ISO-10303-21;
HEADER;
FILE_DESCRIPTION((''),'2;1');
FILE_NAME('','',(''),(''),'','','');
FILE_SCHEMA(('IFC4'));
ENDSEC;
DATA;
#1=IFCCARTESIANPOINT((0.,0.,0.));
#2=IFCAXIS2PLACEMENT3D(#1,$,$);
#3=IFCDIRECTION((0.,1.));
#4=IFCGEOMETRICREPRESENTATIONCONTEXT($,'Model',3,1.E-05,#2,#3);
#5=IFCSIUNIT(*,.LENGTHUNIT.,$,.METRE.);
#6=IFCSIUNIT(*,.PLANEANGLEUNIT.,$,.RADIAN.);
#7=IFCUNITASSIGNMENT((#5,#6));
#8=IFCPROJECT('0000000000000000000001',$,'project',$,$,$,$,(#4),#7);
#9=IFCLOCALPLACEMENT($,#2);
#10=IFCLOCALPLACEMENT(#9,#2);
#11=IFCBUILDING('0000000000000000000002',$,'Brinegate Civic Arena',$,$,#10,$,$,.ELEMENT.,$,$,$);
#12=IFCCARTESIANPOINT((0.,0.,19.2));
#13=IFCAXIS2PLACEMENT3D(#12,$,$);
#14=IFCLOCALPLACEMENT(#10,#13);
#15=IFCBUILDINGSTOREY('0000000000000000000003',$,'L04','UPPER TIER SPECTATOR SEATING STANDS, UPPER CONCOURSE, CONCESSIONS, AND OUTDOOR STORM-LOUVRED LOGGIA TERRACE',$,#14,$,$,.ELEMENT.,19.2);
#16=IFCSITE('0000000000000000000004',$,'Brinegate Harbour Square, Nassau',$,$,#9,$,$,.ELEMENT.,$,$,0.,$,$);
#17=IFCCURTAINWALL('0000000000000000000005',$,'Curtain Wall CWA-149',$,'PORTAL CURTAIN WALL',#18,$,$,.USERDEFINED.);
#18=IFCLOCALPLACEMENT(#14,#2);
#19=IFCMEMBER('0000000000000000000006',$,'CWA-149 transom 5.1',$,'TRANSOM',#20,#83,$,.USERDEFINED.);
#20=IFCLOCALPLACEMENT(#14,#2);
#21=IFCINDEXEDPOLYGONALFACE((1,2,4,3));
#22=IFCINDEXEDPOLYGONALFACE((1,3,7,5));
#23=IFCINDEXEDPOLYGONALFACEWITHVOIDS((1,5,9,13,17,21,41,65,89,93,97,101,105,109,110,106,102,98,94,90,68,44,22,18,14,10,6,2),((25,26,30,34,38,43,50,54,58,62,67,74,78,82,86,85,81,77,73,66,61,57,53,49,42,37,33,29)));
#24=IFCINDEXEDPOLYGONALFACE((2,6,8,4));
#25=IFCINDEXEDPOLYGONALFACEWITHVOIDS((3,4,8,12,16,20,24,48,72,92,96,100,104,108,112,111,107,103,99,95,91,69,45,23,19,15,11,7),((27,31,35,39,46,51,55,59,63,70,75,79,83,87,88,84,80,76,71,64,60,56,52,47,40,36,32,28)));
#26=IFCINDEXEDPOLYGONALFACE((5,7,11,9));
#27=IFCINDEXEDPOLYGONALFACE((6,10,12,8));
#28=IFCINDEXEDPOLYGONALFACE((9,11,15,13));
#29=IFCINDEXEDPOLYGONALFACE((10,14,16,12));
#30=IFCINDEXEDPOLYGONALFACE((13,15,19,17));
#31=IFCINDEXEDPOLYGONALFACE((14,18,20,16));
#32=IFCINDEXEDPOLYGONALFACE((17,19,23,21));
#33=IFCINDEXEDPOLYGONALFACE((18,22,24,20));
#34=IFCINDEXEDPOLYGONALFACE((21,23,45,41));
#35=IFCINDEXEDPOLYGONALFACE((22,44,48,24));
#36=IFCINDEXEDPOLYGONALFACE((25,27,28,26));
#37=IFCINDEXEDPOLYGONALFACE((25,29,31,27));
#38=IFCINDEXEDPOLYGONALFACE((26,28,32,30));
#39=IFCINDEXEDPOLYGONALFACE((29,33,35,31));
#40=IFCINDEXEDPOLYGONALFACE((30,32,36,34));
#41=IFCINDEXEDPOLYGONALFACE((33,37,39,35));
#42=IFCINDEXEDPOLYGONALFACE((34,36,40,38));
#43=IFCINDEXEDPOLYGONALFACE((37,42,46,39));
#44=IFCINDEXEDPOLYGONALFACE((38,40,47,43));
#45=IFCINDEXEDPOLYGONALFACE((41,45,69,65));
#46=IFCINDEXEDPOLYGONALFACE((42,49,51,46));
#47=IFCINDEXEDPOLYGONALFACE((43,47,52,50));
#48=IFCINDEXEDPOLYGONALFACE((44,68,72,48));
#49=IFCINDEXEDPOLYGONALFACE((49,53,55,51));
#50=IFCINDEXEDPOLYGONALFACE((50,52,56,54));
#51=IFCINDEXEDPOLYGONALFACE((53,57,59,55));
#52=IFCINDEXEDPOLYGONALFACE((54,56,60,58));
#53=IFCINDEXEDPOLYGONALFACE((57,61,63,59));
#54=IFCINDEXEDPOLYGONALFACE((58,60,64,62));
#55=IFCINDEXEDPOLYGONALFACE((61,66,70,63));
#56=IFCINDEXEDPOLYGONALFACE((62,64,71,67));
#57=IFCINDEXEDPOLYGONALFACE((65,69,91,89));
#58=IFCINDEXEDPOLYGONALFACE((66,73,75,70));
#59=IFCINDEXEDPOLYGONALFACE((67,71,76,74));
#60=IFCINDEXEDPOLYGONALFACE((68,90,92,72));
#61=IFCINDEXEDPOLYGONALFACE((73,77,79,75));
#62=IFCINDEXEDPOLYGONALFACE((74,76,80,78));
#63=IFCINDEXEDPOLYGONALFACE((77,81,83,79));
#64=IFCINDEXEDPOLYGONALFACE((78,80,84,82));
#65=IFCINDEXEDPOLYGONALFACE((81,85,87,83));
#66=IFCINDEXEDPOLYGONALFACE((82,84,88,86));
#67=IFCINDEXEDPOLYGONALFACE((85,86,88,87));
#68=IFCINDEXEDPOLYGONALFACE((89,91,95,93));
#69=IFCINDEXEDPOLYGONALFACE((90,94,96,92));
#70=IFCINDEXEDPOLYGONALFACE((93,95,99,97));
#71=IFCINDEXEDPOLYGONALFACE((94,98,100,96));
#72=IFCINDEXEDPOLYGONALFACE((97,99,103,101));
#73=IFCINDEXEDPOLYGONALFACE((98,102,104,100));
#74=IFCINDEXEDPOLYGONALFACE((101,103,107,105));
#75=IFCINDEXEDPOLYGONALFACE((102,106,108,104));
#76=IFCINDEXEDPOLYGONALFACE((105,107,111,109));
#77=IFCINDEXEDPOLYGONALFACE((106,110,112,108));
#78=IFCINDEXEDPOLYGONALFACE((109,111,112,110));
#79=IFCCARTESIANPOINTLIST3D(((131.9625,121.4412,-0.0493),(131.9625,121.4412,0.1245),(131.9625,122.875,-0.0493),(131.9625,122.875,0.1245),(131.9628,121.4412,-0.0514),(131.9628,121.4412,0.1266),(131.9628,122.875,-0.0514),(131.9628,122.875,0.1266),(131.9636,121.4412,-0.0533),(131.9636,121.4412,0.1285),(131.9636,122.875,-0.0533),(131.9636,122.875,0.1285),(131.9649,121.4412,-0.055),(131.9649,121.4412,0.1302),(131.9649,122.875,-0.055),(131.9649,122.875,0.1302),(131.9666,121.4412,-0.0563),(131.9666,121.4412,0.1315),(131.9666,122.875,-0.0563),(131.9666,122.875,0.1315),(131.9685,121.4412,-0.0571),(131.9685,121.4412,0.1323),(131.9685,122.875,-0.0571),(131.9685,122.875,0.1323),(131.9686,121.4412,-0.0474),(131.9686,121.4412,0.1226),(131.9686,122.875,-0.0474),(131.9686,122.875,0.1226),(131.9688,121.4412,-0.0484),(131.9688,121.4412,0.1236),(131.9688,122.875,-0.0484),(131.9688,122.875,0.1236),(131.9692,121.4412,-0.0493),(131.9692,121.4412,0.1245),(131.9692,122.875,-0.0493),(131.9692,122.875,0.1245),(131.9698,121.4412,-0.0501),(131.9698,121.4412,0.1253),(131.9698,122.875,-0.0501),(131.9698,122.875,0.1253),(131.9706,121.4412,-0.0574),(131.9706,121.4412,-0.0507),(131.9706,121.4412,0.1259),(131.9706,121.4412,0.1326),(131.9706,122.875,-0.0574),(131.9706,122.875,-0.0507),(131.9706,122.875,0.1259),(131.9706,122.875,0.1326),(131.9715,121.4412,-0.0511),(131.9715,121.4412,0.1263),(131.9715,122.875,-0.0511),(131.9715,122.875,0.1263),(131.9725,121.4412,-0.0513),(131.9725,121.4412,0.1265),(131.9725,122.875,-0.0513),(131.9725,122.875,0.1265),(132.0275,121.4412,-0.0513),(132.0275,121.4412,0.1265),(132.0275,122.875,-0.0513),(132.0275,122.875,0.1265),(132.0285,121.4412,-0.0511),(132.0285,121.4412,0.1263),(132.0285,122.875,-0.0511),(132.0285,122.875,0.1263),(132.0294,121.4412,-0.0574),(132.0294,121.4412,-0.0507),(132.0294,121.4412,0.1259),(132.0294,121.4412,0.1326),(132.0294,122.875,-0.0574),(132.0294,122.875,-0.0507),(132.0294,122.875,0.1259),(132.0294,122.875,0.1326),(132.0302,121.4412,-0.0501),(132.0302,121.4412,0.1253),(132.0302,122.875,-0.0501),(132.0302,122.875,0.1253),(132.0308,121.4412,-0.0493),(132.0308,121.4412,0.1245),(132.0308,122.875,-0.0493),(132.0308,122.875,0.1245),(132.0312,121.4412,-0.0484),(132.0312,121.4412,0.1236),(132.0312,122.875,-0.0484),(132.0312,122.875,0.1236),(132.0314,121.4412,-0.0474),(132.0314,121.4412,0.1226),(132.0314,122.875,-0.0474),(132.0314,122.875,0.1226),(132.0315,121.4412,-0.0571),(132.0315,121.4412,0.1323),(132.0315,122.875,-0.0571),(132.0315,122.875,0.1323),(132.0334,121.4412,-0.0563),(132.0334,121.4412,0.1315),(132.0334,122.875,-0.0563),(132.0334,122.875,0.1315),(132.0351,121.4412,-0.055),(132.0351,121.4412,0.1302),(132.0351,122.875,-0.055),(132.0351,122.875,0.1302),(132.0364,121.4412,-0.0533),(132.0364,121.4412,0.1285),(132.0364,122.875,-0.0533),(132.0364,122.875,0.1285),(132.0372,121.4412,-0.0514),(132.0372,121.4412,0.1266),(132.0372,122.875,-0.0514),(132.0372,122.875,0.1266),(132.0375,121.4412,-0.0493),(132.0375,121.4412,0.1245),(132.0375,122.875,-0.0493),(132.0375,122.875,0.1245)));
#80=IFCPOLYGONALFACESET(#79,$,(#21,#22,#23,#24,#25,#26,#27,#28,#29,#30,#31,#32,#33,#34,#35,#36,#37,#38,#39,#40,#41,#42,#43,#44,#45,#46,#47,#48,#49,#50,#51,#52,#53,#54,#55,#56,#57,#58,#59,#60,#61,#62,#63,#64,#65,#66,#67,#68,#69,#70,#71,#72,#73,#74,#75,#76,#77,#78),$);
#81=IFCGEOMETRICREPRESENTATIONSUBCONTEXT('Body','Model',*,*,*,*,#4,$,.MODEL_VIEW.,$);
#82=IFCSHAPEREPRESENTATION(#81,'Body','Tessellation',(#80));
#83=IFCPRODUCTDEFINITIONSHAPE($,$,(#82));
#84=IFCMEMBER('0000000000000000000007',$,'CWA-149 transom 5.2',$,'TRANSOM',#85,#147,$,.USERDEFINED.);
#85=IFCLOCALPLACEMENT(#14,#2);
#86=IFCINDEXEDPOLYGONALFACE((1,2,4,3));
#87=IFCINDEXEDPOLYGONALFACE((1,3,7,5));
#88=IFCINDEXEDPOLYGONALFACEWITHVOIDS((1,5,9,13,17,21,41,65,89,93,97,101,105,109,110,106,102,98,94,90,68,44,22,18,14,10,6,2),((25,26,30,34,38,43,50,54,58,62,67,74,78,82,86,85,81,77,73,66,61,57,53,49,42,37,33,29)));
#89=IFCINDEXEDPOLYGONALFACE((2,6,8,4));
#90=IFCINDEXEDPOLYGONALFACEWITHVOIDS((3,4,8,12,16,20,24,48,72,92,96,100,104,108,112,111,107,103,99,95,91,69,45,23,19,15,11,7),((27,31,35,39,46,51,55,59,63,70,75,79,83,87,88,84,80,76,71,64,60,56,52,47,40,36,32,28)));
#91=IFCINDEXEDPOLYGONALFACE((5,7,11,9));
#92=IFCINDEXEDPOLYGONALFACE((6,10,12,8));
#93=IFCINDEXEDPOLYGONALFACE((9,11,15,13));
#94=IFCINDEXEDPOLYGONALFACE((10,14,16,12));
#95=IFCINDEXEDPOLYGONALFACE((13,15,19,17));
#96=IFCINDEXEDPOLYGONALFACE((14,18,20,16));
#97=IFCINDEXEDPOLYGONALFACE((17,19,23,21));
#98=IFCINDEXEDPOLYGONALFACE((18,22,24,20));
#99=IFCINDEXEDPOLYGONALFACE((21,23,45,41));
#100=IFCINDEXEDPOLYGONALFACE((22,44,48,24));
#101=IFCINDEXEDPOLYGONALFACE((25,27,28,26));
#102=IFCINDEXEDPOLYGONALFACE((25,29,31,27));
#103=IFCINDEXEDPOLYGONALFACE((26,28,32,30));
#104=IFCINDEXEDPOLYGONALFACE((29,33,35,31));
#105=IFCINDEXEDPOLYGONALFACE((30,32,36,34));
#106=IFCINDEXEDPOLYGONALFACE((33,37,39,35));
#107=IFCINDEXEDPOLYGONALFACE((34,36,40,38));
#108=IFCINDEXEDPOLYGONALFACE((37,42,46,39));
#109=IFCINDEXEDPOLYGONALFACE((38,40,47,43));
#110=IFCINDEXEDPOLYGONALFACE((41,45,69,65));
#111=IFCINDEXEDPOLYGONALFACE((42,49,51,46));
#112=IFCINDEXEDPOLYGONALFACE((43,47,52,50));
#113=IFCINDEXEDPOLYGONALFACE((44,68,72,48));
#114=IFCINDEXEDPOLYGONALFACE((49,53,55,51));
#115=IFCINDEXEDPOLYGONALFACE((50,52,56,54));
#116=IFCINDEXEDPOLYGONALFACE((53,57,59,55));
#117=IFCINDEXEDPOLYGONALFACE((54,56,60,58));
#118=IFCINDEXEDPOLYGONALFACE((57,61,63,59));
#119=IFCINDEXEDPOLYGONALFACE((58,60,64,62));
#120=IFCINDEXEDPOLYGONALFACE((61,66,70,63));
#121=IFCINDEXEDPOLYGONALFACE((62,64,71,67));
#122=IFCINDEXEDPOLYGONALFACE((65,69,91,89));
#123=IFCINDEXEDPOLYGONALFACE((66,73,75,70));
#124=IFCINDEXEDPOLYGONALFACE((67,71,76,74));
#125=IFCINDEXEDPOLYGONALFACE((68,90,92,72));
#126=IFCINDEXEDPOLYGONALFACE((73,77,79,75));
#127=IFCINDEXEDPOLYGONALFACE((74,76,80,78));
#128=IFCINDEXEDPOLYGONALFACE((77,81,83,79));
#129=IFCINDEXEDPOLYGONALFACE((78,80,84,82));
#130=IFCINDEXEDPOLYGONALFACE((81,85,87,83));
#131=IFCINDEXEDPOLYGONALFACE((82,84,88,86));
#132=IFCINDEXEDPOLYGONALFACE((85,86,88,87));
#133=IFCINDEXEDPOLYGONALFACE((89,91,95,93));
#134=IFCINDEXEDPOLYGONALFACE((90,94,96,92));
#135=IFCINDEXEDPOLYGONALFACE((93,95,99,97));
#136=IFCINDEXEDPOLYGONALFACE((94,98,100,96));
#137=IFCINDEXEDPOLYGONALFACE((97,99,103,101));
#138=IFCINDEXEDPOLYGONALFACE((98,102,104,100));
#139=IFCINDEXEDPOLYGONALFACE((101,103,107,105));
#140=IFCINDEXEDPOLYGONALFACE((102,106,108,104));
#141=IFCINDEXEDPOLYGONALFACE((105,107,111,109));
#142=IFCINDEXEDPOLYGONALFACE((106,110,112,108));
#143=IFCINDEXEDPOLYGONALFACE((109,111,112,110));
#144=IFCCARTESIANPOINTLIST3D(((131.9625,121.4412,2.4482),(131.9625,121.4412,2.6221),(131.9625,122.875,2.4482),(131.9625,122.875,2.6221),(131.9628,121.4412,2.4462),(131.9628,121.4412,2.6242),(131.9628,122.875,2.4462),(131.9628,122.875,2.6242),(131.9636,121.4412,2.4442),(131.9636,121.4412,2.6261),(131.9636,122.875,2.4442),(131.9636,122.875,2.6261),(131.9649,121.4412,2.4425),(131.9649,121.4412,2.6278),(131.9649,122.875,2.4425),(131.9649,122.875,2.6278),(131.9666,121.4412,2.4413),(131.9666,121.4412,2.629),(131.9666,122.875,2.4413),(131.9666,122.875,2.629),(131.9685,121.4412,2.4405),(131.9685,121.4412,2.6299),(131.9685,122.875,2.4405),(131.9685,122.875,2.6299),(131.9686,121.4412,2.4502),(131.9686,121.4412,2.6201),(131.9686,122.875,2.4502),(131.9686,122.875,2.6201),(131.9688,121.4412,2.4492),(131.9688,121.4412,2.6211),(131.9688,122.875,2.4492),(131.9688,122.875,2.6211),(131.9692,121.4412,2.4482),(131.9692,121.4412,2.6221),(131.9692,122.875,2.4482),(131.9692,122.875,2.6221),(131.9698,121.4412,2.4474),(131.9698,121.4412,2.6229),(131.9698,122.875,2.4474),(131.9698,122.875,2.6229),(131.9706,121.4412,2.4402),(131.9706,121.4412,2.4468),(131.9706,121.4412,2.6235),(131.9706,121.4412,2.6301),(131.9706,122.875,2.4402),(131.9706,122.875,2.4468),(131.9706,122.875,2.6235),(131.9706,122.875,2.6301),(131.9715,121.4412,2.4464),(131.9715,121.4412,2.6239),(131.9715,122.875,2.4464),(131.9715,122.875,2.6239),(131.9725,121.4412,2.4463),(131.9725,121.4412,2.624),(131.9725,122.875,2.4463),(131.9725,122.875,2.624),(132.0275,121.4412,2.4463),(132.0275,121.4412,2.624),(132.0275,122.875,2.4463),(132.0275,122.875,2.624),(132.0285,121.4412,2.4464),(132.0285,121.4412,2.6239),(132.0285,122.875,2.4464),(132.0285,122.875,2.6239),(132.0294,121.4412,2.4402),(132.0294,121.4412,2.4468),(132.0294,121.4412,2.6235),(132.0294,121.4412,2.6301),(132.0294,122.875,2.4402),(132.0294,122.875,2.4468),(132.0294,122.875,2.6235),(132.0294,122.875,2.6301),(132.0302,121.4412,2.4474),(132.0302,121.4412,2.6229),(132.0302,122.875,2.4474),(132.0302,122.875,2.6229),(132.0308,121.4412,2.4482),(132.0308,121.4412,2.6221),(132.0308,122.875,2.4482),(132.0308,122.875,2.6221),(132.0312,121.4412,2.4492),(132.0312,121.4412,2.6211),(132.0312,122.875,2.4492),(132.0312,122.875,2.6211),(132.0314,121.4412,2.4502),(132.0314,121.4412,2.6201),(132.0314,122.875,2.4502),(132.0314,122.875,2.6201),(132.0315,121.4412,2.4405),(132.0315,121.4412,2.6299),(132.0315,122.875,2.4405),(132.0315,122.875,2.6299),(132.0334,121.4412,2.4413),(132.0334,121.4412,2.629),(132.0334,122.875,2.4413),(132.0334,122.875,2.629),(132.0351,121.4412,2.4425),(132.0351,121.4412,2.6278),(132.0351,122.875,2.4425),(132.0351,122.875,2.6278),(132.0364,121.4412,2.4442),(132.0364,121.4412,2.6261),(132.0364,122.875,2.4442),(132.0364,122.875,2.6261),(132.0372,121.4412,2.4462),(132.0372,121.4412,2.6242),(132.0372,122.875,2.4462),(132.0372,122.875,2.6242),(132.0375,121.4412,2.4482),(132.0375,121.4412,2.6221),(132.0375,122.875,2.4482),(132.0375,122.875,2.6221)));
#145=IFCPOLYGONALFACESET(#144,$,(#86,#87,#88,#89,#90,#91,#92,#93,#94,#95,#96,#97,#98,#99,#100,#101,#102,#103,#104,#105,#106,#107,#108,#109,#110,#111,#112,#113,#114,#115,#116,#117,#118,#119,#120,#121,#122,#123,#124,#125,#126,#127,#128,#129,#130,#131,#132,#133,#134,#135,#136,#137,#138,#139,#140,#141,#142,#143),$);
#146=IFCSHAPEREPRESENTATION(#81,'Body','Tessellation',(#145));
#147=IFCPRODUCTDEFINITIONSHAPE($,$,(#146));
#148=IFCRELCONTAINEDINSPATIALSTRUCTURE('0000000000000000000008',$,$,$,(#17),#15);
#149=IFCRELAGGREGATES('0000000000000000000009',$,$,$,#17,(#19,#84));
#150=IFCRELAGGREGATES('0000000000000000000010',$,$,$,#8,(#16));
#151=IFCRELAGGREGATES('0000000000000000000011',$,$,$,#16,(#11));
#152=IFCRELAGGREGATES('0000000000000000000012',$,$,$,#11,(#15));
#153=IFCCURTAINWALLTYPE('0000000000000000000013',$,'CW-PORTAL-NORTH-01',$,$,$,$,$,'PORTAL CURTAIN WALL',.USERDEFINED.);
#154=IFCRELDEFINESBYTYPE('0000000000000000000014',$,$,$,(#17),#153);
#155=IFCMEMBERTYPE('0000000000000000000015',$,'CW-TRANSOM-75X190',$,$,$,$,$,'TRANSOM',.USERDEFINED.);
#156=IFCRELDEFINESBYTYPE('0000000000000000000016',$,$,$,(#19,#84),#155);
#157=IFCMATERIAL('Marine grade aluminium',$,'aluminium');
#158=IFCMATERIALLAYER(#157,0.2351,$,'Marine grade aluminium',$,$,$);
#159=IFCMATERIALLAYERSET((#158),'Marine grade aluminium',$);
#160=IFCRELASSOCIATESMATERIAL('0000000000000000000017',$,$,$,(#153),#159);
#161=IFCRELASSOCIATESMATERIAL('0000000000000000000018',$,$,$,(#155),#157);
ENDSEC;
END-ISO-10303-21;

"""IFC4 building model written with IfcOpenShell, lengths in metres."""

from ifc_helpers import new_model, si_unit, direction, frame, origin, origin_2d, place, context, subcontext, project, spatial, hollow_rectangle, extrude, material, layer, layer_set, material_profile, profile_set, type_object, element, aggregate, save


model = new_model("IFC4")

# Units and contexts
model_context = context("Model", 3, precision=1e-05, world=origin(), true_north=direction((0.0, 1.0)))
body_context = subcontext(model_context, "Body", "Model", "MODEL_VIEW")
ifc_project = project(units=[si_unit("LENGTHUNIT", "METRE"), si_unit("PLANEANGLEUNIT", "RADIAN")], contexts=[model_context])

# Site, building, storey
site_placement = place(None, origin())
site = spatial("IfcSite", under=ifc_project, at=site_placement, Name="Brinegate Harbour Square, Nassau", CompositionType="ELEMENT", RefElevation=0.0)
building_placement = place(site_placement, origin())
building = spatial("IfcBuilding", under=site, at=building_placement, Name="Brinegate Civic Arena", CompositionType="ELEMENT")
storey_placement = place(building_placement, frame((0.0, 0.0, 19.2)))
storey = spatial("IfcBuildingStorey", under=building, at=storey_placement, Name="L04", Description="UPPER TIER SPECTATOR SEATING STANDS, UPPER CONCOURSE, CONCESSIONS, AND OUTDOOR STORM-LOUVRED LOGGIA TERRACE", CompositionType="ELEMENT", Elevation=19.2)

# Curtain wall, members
ifc_material_1 = material(Name="Marine grade aluminium", Category="aluminium")
ifc_layer_1 = layer(ifc_material_1, 0.2351, Name="Marine grade aluminium")
ifc_layer_set_1 = layer_set([ifc_layer_1], Name="Marine grade aluminium")
curtain_wall_type_1 = type_object("IfcCurtainWallType", Name="CW-PORTAL-NORTH-01", ElementType="PORTAL CURTAIN WALL", PredefinedType="USERDEFINED", material=ifc_layer_set_1)
curtain_wall_1_placement = place(storey_placement, origin())
curtain_wall_1 = element("IfcCurtainWall", 1, at=curtain_wall_1_placement, inside=storey, type_object=curtain_wall_type_1, Name="Curtain Wall CWA-149", ObjectType="PORTAL CURTAIN WALL", PredefinedType="USERDEFINED")
ifc_material_profile_1 = material_profile(ifc_material_1, hollow_rectangle(XDim=0.075, YDim=0.1899, WallThickness=0.0061, InnerFilletRadius=0.0039, OuterFilletRadius=0.0081, at=origin_2d()), Name="TRN75X190")
ifc_profile_set_1 = profile_set([ifc_material_profile_1], Name="Marine grade aluminium")
member_type_1 = type_object("IfcMemberType", Name="CW-TRANSOM-75X190", ElementType="TRANSOM", PredefinedType="USERDEFINED", material=ifc_profile_set_1)
member_1_placement = place(storey_placement, frame((132.0, 121.4412, 0.0376), z_axis=(0.0, 1.0, 0.0), x_axis=(-1.0, 0.0, 0.0)))
member_1 = element("IfcMember", 2, at=member_1_placement, type_object=member_type_1, Name="CWA-149 transom 5.1", ObjectType="TRANSOM", PredefinedType="USERDEFINED", context=body_context, shape_type="SweptSolid", body=[
    extrude(hollow_rectangle(XDim=0.075, YDim=0.1899, WallThickness=0.0061, InnerFilletRadius=0.0039, OuterFilletRadius=0.0081, at=origin_2d()), origin(), (0.0, 0.0, 1.0), 1.4338),
])
member_2_placement = place(storey_placement, frame((132.0, 121.4412, 2.5352), z_axis=(0.0, 1.0, 0.0), x_axis=(-1.0, 0.0, 0.0)))
member_2 = element("IfcMember", 3, at=member_2_placement, type_object=member_type_1, Name="CWA-149 transom 5.2", ObjectType="TRANSOM", PredefinedType="USERDEFINED", context=body_context, shape_type="SweptSolid", body=[
    extrude(hollow_rectangle(XDim=0.075, YDim=0.1899, WallThickness=0.0061, InnerFilletRadius=0.0039, OuterFilletRadius=0.0081, at=origin_2d()), origin(), (0.0, 0.0, 1.0), 1.4338),
])

aggregate(curtain_wall_1, [member_1, member_2])

save(model, "model.ifc")
